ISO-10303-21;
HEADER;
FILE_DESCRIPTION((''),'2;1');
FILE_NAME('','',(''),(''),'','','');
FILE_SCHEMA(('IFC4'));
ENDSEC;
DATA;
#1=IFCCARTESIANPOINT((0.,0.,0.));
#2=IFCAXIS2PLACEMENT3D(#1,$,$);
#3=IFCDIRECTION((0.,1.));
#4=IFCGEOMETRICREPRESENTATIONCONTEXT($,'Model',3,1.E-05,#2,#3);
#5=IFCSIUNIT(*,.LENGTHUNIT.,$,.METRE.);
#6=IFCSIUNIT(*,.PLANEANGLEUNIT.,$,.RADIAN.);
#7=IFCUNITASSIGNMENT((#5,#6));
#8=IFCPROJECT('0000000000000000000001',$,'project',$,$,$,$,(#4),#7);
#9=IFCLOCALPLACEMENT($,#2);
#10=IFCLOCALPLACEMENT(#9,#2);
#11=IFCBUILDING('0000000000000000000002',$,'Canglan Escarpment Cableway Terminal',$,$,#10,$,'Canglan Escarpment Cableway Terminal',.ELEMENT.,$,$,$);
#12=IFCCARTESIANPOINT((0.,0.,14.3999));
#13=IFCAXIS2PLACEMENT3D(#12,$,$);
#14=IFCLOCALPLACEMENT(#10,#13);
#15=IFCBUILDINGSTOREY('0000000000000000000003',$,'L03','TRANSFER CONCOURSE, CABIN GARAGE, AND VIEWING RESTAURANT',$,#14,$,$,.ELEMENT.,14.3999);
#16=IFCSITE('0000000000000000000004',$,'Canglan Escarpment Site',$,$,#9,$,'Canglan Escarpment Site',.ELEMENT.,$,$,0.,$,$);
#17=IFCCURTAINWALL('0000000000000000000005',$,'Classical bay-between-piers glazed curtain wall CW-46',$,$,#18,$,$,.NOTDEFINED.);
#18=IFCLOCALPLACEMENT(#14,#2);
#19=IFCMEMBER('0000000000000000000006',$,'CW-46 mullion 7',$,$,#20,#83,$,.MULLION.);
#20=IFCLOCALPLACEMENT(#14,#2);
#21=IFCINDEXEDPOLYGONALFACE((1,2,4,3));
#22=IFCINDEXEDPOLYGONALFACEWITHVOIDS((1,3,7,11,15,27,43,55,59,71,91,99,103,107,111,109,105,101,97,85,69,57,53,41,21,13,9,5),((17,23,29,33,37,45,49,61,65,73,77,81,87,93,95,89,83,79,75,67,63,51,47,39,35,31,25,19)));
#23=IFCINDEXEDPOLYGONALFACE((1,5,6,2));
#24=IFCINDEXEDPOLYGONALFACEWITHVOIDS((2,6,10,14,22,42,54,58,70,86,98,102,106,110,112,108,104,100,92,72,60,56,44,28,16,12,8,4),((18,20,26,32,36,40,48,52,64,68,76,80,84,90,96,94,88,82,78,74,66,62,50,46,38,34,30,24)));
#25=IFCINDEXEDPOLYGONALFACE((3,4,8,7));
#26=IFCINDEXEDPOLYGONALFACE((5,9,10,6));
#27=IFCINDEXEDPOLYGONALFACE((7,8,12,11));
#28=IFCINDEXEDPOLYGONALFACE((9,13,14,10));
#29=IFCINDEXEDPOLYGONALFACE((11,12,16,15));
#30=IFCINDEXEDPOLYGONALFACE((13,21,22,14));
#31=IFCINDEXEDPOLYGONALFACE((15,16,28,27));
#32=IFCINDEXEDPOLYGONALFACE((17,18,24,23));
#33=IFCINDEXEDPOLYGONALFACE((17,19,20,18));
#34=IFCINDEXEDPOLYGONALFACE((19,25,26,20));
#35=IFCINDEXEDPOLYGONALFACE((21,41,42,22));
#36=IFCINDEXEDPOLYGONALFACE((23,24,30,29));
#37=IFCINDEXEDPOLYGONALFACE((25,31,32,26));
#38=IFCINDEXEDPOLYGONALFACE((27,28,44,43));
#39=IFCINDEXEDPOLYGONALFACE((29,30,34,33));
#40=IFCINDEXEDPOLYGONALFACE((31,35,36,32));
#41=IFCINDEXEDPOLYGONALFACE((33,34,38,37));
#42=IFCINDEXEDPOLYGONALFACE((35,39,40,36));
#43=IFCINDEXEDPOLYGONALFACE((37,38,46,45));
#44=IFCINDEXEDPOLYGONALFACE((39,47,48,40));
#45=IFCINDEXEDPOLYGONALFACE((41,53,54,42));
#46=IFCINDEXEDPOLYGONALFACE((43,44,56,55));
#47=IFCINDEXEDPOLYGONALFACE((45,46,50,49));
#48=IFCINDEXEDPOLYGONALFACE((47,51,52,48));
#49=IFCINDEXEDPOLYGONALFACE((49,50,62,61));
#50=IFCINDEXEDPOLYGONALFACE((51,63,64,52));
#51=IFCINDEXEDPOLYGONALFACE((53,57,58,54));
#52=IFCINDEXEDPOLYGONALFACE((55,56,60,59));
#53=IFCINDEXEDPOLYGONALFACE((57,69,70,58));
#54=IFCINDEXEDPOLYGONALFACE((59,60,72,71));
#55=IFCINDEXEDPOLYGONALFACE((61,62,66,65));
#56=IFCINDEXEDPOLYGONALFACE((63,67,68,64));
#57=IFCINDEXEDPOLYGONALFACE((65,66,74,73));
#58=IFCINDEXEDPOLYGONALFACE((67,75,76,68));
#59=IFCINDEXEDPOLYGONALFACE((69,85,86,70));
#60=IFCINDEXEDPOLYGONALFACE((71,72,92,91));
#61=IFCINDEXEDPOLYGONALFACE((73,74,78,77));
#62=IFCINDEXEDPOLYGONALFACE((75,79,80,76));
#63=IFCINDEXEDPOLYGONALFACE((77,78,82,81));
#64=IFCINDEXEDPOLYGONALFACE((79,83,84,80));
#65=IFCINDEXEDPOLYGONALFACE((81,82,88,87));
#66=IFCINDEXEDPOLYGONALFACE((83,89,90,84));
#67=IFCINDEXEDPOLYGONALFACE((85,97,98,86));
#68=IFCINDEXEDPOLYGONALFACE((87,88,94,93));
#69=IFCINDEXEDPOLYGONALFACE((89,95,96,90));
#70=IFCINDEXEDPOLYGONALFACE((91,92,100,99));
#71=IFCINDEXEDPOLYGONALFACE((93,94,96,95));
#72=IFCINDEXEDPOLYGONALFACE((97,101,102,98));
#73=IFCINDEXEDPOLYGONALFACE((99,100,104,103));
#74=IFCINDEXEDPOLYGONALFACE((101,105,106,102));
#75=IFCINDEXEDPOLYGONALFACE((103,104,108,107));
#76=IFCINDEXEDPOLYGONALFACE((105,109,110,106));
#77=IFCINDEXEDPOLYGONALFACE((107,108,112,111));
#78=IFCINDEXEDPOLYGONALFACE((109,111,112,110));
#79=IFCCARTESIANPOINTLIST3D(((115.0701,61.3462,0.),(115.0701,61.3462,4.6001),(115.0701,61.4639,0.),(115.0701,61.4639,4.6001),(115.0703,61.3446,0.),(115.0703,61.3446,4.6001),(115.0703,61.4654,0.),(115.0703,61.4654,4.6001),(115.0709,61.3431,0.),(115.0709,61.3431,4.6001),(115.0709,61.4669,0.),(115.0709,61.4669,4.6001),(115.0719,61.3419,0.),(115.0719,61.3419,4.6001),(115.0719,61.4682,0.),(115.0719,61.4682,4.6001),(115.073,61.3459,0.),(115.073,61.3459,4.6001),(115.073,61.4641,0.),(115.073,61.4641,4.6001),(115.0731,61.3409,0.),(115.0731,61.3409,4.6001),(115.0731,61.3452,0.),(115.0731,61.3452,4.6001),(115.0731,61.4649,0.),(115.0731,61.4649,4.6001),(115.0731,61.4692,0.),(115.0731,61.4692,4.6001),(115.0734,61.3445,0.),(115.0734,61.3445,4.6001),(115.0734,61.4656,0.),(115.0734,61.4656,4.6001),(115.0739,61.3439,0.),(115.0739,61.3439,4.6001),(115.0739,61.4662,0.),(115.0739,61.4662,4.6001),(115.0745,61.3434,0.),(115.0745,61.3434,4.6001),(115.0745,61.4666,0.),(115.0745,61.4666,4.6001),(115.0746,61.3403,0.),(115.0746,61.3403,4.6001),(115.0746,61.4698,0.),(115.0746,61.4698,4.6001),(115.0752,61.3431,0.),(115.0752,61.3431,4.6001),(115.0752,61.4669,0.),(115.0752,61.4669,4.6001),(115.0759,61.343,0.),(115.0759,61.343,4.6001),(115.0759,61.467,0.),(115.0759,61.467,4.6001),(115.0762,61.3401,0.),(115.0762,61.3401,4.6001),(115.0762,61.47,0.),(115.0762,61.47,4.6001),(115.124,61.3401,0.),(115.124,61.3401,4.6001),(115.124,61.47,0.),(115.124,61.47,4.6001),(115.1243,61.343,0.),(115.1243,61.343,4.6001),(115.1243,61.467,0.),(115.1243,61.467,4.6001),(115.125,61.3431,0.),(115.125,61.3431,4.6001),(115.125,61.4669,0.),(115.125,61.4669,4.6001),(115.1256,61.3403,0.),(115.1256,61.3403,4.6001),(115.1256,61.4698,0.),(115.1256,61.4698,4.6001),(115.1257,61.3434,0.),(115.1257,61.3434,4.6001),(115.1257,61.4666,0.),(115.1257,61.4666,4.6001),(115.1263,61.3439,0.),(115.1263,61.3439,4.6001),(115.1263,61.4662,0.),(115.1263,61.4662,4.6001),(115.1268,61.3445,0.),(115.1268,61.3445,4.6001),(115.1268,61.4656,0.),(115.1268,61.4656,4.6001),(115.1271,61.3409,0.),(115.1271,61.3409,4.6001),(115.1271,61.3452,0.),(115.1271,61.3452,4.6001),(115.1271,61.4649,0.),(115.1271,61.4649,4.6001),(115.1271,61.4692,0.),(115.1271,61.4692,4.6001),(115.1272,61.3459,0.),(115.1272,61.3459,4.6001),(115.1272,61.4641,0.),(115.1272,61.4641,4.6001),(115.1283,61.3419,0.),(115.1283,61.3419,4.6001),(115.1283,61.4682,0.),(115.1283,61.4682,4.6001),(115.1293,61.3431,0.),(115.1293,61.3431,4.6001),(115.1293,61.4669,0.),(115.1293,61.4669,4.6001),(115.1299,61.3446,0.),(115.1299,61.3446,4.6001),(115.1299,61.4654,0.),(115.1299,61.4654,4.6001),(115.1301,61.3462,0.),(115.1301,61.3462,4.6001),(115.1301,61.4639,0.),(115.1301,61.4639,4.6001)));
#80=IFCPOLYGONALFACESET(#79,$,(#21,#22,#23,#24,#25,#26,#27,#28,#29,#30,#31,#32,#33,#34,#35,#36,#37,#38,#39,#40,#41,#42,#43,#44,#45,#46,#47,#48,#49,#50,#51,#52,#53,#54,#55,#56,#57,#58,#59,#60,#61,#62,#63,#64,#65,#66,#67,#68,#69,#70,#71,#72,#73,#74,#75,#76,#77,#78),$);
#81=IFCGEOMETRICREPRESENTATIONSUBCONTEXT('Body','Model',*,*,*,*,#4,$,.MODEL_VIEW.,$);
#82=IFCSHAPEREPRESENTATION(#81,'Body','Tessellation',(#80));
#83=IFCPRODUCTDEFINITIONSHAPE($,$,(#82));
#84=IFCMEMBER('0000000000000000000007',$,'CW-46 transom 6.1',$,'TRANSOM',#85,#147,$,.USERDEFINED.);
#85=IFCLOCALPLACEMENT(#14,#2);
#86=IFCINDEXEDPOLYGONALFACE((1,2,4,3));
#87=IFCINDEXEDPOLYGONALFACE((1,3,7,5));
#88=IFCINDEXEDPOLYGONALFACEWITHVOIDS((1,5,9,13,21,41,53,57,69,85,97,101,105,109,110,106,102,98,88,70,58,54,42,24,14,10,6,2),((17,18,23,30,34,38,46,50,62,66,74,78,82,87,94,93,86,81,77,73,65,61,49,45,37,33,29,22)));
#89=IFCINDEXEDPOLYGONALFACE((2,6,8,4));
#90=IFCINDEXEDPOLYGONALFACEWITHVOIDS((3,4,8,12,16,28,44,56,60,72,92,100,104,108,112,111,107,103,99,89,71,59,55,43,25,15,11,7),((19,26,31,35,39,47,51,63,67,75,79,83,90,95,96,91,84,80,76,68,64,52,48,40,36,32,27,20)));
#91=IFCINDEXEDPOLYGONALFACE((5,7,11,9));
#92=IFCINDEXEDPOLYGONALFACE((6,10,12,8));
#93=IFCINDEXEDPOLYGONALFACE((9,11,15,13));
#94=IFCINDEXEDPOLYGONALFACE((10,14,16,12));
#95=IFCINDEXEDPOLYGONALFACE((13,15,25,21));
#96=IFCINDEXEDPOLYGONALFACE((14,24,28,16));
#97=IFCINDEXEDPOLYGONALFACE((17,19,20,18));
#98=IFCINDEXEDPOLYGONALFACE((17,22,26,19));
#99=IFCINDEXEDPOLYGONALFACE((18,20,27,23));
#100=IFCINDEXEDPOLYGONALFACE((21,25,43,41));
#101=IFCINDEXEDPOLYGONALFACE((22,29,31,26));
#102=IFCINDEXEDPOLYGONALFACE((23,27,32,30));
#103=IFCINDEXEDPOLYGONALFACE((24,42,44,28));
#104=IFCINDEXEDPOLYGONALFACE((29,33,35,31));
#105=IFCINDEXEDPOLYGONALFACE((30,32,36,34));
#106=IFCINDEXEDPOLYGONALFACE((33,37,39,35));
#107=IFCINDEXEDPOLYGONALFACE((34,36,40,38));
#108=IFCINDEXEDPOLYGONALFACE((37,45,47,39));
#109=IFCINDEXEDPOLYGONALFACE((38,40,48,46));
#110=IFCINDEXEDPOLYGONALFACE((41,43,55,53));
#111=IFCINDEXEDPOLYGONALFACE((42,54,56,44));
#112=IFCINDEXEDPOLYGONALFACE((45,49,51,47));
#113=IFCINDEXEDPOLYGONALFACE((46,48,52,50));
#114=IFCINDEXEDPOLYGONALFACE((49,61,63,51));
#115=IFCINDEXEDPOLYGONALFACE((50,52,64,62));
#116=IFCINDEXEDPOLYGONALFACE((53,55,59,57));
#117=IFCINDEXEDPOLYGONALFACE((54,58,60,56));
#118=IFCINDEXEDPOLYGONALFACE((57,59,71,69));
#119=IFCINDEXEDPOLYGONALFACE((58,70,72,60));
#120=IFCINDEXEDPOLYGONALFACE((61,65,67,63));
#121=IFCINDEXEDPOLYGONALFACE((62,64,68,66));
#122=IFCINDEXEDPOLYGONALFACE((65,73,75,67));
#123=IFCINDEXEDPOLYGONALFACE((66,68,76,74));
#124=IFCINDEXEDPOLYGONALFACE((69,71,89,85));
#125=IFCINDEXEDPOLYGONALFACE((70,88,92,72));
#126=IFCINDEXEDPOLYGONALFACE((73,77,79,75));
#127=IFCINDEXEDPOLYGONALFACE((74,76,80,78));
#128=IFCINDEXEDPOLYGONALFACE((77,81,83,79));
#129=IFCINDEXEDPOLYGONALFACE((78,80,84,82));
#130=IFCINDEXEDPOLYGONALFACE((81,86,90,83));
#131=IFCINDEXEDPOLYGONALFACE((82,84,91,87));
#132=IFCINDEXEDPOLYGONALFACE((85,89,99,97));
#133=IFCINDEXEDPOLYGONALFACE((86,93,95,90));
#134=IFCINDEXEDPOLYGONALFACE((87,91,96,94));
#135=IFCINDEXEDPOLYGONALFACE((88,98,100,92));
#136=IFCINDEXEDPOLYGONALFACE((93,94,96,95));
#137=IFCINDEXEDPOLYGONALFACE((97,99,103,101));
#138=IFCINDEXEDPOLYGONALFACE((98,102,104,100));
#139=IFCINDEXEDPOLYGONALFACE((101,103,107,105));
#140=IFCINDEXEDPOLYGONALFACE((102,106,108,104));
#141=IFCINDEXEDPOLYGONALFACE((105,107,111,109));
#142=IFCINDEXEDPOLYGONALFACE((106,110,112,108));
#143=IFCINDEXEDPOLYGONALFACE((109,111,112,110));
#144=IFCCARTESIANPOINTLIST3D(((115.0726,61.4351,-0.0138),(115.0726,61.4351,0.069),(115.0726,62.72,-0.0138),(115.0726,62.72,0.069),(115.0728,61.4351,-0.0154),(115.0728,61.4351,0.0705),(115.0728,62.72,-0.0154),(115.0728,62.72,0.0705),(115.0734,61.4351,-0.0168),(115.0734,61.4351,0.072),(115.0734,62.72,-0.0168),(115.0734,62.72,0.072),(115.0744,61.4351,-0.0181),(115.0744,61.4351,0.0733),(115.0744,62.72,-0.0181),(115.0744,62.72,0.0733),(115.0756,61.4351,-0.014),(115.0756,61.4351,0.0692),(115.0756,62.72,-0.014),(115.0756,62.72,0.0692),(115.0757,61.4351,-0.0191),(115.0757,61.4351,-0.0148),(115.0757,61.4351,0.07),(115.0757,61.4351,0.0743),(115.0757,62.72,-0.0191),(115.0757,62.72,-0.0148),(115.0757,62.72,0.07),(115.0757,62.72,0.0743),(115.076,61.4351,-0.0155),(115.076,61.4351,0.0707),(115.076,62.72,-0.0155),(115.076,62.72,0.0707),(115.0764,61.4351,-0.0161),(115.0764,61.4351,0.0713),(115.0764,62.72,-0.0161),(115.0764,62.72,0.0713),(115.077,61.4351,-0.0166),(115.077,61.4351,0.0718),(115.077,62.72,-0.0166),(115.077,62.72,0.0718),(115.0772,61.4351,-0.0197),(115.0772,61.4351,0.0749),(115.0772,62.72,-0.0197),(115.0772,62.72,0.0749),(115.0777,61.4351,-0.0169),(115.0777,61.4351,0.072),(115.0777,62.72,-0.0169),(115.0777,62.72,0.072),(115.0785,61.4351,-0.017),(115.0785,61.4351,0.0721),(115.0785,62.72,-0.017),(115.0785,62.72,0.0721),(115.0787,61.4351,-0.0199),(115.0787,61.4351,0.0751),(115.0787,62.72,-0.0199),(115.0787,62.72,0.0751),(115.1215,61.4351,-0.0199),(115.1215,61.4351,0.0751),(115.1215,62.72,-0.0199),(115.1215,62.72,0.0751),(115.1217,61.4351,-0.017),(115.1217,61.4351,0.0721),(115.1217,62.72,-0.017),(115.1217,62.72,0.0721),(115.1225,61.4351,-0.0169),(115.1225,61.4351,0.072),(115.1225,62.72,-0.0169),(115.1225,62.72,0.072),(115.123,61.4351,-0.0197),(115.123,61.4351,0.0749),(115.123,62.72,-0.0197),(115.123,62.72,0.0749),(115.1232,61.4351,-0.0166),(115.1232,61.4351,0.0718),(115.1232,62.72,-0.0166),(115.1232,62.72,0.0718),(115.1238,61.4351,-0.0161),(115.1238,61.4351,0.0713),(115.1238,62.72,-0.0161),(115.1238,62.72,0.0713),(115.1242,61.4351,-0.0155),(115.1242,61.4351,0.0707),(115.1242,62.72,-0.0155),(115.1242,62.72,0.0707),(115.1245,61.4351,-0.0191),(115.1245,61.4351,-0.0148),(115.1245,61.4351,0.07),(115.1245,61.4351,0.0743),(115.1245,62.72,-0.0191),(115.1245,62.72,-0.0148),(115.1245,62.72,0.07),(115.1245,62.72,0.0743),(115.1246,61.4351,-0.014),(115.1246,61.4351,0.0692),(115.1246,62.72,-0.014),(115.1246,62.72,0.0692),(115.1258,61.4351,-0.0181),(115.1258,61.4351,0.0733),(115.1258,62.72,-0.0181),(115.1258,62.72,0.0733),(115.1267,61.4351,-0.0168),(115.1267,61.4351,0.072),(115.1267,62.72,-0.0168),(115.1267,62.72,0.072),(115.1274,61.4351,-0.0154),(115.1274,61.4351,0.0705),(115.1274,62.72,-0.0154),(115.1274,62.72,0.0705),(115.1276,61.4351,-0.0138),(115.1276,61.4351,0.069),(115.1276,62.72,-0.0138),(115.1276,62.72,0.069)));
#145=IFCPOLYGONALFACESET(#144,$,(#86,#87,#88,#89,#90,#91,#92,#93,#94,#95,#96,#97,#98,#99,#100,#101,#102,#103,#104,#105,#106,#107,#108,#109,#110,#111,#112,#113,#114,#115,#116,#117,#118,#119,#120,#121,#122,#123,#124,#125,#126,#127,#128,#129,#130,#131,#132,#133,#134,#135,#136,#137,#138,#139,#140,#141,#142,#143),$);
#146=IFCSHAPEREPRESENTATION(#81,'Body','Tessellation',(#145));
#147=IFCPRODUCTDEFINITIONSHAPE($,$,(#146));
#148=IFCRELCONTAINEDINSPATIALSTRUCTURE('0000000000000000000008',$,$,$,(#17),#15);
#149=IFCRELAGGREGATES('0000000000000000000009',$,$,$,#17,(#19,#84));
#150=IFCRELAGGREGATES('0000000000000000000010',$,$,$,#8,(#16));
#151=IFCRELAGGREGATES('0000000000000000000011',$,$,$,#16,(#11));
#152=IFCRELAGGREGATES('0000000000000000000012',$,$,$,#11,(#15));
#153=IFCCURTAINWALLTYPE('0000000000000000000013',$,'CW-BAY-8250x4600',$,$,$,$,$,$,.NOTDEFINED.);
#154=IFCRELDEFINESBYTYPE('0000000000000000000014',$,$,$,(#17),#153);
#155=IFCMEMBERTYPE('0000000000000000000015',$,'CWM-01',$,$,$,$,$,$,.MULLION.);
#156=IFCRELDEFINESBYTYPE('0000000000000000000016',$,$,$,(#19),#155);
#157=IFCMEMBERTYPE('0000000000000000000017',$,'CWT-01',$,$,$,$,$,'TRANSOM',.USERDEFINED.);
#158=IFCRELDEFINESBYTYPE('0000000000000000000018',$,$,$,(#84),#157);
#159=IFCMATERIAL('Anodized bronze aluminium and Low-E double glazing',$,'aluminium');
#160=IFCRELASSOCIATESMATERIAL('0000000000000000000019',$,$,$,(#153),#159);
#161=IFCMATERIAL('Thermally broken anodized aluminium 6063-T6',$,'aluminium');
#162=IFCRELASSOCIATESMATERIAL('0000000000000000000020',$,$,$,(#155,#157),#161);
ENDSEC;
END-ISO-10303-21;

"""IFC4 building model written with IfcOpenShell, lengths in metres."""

from ifc_helpers import new_model, si_unit, direction, frame, origin, origin_2d, place, context, subcontext, project, spatial, hollow_rectangle, extrude, material, material_profile, profile_set, type_object, element, aggregate, save


model = new_model("IFC4")

# Units and contexts
model_context = context("Model", 3, precision=1e-05, world=origin(), true_north=direction((0.0, 1.0)))
body_context = subcontext(model_context, "Body", "Model", "MODEL_VIEW")
ifc_project = project(units=[si_unit("LENGTHUNIT", "METRE"), si_unit("PLANEANGLEUNIT", "RADIAN")], contexts=[model_context])

# Site, building, storey
site_placement = place(None, origin())
site = spatial("IfcSite", under=ifc_project, at=site_placement, Name="Canglan Escarpment Site", LongName="Canglan Escarpment Site", CompositionType="ELEMENT", RefElevation=0.0)
building_placement = place(site_placement, origin())
building = spatial("IfcBuilding", under=site, at=building_placement, Name="Canglan Escarpment Cableway Terminal", LongName="Canglan Escarpment Cableway Terminal", CompositionType="ELEMENT")
storey_placement = place(building_placement, frame((0.0, 0.0, 14.3999)))
storey = spatial("IfcBuildingStorey", under=building, at=storey_placement, Name="L03", Description="TRANSFER CONCOURSE, CABIN GARAGE, AND VIEWING RESTAURANT", CompositionType="ELEMENT", Elevation=14.3999)

# Curtain wall, members
ifc_material_1 = material(Name="Anodized bronze aluminium and Low-E double glazing", Category="aluminium")
curtain_wall_type = type_object("IfcCurtainWallType", Name="CW-BAY-8250x4600", PredefinedType="NOTDEFINED", material=ifc_material_1)
curtain_wall_placement = place(storey_placement, origin())
curtain_wall = element("IfcCurtainWall", 1, at=curtain_wall_placement, inside=storey, type_object=curtain_wall_type, Name="Classical bay-between-piers glazed curtain wall CW-46", PredefinedType="NOTDEFINED")
ifc_material_2 = material(Name="Thermally broken anodized aluminium 6063-T6", Category="aluminium")
ifc_material_profile_1 = material_profile(ifc_material_2, hollow_rectangle(XDim=0.0601, YDim=0.1299, WallThickness=0.0029, InnerFilletRadius=0.0029, OuterFilletRadius=0.0061, at=origin_2d()), Name="ALU-MULL 60x130x3")
ifc_profile_set_1 = profile_set([ifc_material_profile_1], Name="Thermally broken anodized aluminium 6063-T6")
member_type_1 = type_object("IfcMemberType", Name="CWM-01", PredefinedType="MULLION", material=ifc_profile_set_1)
member_1_placement = place(storey_placement, frame((115.1001, 61.405, 0.0), z_axis=(0.0, 0.0, 1.0), x_axis=(1.0, 0.0, 0.0)))
member_1 = element("IfcMember", 2, at=member_1_placement, type_object=member_type_1, Name="CW-46 mullion 7", PredefinedType="MULLION", context=body_context, shape_type="SweptSolid", body=[
    extrude(hollow_rectangle(XDim=0.0601, YDim=0.1299, WallThickness=0.0029, InnerFilletRadius=0.0029, OuterFilletRadius=0.0061, at=origin_2d()), origin(), (0.0, 0.0, 1.0), 4.6001),
])
ifc_material_profile_2 = material_profile(ifc_material_2, hollow_rectangle(XDim=0.0549, YDim=0.095, WallThickness=0.0029, InnerFilletRadius=0.0029, OuterFilletRadius=0.0061, at=origin_2d()), Name="ALU-TRAN 55x95x3")
ifc_profile_set_2 = profile_set([ifc_material_profile_2], Name="Thermally broken anodized aluminium 6063-T6")
member_type_2 = type_object("IfcMemberType", Name="CWT-01", ElementType="TRANSOM", PredefinedType="USERDEFINED", material=ifc_profile_set_2)
member_2_placement = place(storey_placement, frame((115.1001, 62.72, 0.0276), z_axis=(0.0, -1.0, 0.0), x_axis=(1.0, 0.0, 0.0)))
member_2 = element("IfcMember", 3, at=member_2_placement, type_object=member_type_2, Name="CW-46 transom 6.1", ObjectType="TRANSOM", PredefinedType="USERDEFINED", context=body_context, shape_type="SweptSolid", body=[
    extrude(hollow_rectangle(XDim=0.0549, YDim=0.095, WallThickness=0.0029, InnerFilletRadius=0.0029, OuterFilletRadius=0.0061, at=origin_2d()), origin(), (0.0, 0.0, 1.0), 1.2849),
])

aggregate(curtain_wall, [member_1, member_2])

save(model, "model.ifc")
